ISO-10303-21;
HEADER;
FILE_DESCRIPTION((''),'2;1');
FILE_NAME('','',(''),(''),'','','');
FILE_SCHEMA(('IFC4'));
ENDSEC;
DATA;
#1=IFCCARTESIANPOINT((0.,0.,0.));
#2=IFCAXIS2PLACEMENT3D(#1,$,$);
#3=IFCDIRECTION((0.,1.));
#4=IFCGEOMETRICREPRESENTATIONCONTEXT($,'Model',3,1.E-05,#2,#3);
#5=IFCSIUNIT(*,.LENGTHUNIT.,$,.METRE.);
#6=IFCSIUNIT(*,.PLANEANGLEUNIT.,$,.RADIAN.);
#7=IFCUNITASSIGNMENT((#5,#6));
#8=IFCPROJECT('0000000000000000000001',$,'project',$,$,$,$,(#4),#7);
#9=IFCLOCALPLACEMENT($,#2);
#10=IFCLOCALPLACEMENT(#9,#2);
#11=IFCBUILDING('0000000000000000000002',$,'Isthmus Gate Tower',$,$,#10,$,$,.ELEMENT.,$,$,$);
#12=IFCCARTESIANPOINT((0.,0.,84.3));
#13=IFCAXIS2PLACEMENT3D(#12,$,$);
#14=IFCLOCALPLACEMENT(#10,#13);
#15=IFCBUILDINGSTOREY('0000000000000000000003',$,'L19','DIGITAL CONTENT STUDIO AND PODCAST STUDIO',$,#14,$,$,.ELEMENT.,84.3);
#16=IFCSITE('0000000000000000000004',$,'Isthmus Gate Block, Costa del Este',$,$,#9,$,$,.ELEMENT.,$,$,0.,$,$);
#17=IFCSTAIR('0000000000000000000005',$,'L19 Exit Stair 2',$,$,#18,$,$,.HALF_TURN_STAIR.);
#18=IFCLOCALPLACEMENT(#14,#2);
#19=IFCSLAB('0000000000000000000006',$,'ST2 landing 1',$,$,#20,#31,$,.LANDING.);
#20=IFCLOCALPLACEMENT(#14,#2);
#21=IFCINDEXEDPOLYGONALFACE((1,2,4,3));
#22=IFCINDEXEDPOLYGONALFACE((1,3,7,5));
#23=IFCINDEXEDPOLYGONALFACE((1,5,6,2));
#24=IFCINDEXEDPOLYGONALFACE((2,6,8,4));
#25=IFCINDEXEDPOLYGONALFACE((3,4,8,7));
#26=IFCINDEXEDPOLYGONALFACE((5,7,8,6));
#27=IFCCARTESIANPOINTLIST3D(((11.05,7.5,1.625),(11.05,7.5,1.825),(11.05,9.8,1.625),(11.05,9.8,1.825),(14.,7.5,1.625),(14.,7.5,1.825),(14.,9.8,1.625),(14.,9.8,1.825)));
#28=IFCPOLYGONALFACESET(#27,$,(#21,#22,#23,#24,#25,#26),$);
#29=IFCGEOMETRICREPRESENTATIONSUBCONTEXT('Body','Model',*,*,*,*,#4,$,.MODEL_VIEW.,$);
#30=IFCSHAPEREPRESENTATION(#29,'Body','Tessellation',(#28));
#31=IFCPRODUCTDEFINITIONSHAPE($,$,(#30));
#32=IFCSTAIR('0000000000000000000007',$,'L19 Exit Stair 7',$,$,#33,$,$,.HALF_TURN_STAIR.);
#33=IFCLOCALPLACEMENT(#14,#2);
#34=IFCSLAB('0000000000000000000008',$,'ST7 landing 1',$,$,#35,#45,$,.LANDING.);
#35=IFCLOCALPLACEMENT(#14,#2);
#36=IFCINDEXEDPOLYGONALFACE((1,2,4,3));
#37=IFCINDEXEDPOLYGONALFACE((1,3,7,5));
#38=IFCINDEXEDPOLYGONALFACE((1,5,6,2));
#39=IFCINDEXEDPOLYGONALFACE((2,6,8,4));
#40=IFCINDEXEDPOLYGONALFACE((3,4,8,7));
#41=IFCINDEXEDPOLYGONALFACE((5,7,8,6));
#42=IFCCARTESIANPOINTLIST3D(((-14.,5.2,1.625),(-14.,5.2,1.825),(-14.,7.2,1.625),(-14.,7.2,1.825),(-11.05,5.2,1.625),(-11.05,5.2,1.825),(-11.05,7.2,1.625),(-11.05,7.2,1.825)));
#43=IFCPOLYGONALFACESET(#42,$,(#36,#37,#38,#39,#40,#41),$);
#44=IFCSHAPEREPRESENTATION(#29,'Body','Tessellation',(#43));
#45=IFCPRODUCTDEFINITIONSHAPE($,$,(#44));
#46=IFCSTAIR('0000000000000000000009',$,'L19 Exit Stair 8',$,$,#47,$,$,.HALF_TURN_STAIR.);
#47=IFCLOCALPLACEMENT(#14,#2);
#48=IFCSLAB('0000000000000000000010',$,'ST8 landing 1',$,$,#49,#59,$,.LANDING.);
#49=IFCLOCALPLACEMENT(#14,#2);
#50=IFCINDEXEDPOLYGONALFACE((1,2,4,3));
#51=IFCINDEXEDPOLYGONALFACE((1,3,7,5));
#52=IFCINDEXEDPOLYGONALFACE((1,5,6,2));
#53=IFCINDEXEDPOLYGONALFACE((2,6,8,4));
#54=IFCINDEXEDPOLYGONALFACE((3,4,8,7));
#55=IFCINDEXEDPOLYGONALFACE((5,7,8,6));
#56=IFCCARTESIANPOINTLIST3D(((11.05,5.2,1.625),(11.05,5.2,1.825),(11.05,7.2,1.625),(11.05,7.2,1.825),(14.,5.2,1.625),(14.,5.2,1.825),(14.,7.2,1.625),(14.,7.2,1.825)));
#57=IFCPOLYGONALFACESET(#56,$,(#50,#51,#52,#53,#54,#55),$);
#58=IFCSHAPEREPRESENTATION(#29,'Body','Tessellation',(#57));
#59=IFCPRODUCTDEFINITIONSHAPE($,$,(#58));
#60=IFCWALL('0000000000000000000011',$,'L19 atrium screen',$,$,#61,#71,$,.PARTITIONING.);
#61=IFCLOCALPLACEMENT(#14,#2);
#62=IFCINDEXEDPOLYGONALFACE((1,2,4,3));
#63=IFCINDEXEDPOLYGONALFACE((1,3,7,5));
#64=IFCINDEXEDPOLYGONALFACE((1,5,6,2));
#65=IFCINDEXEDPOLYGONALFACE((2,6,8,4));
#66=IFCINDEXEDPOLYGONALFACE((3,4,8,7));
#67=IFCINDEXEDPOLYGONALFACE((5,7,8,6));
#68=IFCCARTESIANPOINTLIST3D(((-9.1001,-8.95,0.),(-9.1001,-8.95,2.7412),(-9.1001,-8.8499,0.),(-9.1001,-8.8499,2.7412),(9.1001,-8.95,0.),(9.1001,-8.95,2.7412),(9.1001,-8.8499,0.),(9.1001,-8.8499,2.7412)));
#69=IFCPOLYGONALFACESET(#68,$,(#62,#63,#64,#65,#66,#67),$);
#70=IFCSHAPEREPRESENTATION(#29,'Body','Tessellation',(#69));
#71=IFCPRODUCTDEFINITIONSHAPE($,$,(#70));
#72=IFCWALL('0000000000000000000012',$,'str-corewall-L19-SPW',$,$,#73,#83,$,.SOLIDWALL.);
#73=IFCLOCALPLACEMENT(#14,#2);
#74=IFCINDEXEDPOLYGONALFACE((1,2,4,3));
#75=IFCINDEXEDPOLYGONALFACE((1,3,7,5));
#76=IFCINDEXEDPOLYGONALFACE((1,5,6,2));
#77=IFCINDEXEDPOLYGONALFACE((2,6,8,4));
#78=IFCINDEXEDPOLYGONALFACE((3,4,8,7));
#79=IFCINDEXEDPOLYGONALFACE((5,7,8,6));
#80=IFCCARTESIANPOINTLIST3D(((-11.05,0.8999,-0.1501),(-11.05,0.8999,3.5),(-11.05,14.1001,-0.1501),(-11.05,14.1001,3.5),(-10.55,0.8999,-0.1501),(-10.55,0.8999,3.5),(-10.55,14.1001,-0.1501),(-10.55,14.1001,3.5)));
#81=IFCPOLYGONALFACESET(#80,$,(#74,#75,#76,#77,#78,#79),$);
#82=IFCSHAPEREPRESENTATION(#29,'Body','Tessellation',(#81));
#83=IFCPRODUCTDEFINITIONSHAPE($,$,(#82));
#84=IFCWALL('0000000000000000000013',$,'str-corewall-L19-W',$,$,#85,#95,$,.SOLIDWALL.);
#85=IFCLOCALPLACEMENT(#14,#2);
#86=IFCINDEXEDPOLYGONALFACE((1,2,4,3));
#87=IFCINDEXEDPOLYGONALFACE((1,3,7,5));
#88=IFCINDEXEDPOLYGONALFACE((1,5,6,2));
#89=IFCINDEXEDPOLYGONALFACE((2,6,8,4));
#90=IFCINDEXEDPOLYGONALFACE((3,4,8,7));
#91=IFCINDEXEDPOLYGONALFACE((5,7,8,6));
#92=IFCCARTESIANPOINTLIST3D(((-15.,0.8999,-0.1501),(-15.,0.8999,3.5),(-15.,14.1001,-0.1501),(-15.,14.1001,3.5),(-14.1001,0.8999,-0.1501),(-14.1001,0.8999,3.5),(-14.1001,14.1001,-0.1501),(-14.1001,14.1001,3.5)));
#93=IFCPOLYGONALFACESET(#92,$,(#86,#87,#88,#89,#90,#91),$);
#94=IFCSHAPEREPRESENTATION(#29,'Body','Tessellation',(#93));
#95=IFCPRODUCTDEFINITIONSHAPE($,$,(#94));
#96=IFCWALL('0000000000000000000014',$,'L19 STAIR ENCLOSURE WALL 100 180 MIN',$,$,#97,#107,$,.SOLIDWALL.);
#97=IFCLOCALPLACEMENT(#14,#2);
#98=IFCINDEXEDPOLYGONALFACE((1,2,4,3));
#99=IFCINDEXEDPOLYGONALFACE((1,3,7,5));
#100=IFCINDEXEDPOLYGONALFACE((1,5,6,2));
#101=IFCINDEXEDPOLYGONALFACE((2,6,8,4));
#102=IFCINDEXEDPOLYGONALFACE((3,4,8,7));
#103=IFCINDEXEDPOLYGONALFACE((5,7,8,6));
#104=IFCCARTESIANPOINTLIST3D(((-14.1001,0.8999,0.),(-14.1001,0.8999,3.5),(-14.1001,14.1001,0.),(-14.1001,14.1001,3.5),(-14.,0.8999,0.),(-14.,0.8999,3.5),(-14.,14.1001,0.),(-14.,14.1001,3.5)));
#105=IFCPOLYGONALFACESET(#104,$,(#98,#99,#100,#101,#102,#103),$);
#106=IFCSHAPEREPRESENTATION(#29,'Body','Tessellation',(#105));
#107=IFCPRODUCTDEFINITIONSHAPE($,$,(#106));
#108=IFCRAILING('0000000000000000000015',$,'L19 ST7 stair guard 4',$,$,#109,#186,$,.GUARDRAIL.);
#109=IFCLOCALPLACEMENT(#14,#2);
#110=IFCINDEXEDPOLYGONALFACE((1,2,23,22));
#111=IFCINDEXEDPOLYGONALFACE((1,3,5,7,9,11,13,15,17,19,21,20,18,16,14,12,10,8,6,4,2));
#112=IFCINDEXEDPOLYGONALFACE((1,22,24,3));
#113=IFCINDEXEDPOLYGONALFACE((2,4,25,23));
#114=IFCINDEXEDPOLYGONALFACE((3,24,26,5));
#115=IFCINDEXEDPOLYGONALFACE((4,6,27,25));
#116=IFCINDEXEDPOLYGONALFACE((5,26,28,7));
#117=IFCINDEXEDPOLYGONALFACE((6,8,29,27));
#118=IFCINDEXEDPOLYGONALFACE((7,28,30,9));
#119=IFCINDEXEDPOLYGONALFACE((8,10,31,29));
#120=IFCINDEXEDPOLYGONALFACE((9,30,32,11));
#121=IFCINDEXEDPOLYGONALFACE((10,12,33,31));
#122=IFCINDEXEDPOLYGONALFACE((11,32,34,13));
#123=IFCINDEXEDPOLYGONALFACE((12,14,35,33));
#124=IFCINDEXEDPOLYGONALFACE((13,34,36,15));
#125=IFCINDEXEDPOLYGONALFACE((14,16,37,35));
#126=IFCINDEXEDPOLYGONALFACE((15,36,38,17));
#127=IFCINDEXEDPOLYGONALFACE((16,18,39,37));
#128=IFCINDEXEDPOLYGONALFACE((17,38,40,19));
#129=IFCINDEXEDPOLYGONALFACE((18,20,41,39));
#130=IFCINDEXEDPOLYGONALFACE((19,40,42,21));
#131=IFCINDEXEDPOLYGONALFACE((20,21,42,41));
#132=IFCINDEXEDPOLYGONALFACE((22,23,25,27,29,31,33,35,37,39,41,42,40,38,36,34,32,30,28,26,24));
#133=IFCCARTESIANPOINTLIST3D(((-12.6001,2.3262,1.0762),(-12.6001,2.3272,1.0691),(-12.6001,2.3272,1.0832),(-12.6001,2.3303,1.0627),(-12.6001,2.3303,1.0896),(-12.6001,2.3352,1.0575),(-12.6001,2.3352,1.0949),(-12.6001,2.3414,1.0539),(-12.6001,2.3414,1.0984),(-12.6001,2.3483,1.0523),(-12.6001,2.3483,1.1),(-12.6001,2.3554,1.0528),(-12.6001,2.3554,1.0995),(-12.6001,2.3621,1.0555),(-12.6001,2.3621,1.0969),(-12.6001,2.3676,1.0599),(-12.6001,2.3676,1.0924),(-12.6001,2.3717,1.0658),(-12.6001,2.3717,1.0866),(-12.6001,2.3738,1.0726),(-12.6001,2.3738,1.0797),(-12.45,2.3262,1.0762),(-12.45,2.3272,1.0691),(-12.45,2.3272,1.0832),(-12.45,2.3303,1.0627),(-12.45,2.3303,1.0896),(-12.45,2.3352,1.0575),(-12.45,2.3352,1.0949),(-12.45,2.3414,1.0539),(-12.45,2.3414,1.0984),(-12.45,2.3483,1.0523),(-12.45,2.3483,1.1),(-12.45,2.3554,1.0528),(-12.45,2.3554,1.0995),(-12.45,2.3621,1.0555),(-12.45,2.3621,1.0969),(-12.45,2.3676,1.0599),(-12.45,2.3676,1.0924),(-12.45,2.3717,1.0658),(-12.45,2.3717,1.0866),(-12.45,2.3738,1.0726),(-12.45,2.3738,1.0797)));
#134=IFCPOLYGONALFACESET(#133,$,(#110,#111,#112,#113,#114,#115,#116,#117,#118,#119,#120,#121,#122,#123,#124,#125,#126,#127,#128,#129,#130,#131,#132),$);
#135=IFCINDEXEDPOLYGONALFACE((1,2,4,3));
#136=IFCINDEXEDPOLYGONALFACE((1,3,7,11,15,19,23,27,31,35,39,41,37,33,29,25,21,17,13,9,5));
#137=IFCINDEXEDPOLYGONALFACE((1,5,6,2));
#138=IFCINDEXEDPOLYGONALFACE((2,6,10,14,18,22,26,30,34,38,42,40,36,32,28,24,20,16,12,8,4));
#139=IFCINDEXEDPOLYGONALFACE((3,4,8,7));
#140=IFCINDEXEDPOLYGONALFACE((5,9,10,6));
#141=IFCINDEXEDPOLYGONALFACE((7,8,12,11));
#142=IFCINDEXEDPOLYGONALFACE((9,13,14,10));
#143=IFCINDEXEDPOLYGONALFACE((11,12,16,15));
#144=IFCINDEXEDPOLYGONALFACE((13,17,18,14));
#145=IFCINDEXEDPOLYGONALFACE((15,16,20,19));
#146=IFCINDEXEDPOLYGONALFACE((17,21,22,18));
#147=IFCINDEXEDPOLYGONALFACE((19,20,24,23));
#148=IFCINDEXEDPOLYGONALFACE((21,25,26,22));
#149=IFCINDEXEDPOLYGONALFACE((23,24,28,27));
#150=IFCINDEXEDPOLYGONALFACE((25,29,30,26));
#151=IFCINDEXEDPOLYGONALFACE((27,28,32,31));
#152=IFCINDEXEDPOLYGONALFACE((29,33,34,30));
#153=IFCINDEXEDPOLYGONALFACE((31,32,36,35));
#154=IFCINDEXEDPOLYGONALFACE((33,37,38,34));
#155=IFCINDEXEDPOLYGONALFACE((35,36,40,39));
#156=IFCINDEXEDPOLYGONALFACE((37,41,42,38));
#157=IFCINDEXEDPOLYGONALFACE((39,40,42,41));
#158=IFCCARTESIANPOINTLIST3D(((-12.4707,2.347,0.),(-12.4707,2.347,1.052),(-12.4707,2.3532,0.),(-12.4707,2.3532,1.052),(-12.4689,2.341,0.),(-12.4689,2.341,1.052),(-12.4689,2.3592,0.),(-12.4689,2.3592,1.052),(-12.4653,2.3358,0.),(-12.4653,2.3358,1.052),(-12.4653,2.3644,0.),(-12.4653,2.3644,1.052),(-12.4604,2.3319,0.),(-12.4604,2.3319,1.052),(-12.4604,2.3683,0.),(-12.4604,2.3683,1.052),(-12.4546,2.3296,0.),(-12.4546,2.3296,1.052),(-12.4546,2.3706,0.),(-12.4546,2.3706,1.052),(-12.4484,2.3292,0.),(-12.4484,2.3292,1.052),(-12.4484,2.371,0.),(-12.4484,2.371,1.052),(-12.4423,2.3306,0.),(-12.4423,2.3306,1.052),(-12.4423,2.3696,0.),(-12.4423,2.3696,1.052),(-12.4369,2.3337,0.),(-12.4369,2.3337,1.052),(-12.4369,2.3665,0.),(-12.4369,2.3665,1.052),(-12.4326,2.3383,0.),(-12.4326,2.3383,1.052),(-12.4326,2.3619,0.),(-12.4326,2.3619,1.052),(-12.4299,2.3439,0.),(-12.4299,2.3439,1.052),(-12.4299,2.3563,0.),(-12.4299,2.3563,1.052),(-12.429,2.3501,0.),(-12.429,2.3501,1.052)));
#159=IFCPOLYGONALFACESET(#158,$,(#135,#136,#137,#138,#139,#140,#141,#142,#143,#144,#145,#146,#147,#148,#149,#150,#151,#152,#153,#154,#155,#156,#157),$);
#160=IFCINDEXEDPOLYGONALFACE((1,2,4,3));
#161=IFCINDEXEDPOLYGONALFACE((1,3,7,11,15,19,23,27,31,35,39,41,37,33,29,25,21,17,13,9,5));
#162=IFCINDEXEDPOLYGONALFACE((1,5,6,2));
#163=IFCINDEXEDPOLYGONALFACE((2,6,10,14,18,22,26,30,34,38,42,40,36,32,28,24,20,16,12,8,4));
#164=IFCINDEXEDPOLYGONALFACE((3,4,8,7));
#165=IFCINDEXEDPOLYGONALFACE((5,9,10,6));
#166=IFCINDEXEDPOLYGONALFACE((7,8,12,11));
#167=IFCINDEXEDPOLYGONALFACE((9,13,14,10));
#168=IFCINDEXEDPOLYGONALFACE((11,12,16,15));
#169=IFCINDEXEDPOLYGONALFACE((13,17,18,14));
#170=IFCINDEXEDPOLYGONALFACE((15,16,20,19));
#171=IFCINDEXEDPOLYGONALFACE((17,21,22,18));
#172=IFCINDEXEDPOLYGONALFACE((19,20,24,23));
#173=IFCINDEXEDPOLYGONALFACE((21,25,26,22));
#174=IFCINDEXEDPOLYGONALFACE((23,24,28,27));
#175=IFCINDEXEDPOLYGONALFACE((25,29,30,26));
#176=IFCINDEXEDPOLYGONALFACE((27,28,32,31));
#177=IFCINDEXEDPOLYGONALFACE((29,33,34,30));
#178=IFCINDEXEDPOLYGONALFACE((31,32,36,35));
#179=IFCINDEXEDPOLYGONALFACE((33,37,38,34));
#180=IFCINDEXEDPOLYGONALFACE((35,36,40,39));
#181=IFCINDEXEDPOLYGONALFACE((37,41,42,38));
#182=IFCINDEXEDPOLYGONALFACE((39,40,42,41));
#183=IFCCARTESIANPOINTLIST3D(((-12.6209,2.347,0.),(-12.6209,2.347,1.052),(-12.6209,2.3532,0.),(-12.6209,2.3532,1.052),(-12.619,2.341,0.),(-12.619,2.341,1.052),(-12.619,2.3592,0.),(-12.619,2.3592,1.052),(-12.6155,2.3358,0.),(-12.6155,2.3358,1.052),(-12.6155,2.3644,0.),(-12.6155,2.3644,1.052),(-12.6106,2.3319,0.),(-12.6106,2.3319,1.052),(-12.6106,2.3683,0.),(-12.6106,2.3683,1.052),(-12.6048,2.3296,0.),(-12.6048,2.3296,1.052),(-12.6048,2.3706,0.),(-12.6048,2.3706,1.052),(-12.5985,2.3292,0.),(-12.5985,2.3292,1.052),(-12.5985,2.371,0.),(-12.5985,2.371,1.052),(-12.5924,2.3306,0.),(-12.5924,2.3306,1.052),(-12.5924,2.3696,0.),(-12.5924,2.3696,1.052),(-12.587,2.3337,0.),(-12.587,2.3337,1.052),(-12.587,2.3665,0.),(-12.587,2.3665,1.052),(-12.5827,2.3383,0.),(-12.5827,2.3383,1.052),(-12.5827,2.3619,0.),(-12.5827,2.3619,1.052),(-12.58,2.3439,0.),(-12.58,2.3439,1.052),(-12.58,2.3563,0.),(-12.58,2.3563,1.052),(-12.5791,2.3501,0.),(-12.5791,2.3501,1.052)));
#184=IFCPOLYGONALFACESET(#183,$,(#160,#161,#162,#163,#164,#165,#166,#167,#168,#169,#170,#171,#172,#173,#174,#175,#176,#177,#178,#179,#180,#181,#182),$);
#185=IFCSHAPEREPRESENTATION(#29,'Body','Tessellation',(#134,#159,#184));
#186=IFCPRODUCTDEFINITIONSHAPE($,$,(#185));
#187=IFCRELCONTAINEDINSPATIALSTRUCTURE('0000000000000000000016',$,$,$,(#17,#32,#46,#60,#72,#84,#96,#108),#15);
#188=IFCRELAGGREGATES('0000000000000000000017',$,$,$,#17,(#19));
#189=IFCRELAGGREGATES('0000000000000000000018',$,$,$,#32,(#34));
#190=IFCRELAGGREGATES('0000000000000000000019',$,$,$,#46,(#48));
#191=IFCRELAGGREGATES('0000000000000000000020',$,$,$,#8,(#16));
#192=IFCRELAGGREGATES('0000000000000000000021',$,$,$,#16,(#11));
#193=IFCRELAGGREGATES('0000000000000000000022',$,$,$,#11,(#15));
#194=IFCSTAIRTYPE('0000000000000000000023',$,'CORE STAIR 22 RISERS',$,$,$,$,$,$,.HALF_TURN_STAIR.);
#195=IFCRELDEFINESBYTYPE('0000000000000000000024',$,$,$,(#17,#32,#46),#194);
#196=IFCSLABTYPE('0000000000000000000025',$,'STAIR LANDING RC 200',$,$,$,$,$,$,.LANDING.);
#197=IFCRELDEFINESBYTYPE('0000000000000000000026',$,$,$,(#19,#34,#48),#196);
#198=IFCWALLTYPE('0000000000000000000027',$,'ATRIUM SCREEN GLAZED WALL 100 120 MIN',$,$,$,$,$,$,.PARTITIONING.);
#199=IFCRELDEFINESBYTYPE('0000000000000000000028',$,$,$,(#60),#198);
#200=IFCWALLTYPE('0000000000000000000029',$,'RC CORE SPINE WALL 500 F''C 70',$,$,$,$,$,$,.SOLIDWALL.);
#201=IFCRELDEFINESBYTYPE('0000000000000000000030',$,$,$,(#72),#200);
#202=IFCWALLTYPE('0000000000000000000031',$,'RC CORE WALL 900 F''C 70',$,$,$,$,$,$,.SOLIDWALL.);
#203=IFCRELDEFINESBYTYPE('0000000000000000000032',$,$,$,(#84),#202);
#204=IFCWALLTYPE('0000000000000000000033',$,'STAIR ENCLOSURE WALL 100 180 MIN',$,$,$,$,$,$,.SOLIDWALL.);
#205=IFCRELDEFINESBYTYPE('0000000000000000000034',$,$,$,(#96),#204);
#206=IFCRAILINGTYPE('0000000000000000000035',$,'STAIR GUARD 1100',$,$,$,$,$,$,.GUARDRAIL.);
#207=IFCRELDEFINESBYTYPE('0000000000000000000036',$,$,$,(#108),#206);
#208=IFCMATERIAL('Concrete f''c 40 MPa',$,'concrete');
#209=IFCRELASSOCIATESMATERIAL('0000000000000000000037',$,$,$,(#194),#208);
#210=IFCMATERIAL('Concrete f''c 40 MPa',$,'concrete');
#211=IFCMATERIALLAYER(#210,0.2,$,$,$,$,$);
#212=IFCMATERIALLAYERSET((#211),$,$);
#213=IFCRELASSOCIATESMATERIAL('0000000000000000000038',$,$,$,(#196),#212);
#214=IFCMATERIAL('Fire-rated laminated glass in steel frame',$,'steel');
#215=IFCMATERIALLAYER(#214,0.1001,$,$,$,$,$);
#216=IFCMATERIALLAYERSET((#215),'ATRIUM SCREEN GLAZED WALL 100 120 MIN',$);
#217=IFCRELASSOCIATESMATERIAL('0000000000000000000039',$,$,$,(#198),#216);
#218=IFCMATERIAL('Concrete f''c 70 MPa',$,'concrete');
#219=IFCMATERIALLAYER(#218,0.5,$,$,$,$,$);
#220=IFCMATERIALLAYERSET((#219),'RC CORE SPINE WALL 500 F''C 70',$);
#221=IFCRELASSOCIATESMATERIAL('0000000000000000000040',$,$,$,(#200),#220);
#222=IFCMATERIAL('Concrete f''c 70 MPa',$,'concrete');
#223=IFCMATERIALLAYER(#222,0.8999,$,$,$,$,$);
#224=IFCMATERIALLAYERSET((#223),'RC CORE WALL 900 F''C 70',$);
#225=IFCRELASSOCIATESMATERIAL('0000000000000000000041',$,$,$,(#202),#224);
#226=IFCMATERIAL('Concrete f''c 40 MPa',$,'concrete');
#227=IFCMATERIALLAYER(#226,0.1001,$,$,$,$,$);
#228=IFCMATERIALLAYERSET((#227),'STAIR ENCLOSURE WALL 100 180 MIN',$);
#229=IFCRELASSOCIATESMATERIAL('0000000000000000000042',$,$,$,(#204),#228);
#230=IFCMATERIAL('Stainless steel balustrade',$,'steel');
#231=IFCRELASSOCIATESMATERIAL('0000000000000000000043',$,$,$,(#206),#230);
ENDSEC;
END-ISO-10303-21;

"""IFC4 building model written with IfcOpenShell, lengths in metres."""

from ifc_helpers import new_model, si_unit, direction, frame, frame_2d, origin, origin_2d, place, context, subcontext, project, spatial, polyline, rectangle, circle, outline, extrude, material, layer, layer_set, type_object, element, aggregate, save


model = new_model("IFC4")

# Units and contexts
model_context = context("Model", 3, precision=1e-05, world=origin(), true_north=direction((0.0, 1.0)))
body_context = subcontext(model_context, "Body", "Model", "MODEL_VIEW")
ifc_project = project(units=[si_unit("LENGTHUNIT", "METRE"), si_unit("PLANEANGLEUNIT", "RADIAN")], contexts=[model_context])

# Site, building, storey
site_placement = place(None, origin())
site = spatial("IfcSite", under=ifc_project, at=site_placement, Name="Isthmus Gate Block, Costa del Este", CompositionType="ELEMENT", RefElevation=0.0)
building_placement = place(site_placement, origin())
building = spatial("IfcBuilding", under=site, at=building_placement, Name="Isthmus Gate Tower", CompositionType="ELEMENT")
storey_placement = place(building_placement, frame((0.0, 0.0, 84.3)))
storey = spatial("IfcBuildingStorey", under=building, at=storey_placement, Name="L19", Description="DIGITAL CONTENT STUDIO AND PODCAST STUDIO", CompositionType="ELEMENT", Elevation=84.3)

# Stairs, slabs
ifc_material_1 = material(Name="Concrete f'c 40 MPa", Category="concrete")
stair_type = type_object("IfcStairType", Name="CORE STAIR 22 RISERS", PredefinedType="HALF_TURN_STAIR", material=ifc_material_1)
ifc_material_2 = material(Name="Concrete f'c 40 MPa", Category="concrete")
ifc_layer_1 = layer(ifc_material_2, 0.2)
ifc_layer_set_1 = layer_set([ifc_layer_1])
slab_type_1 = type_object("IfcSlabType", Name="STAIR LANDING RC 200", PredefinedType="LANDING", material=ifc_layer_set_1)
stair_1_placement = place(storey_placement, origin())
stair_1 = element("IfcStair", 1, at=stair_1_placement, inside=storey, type_object=stair_type, Name="L19 Exit Stair 2", PredefinedType="HALF_TURN_STAIR")
slab_1_placement = place(storey_placement, frame((0.0, 0.0, 1.625)))
slab_1 = element("IfcSlab", 2, at=slab_1_placement, type_object=slab_type_1, Name="ST2 landing 1", PredefinedType="LANDING", context=body_context, shape_type="SweptSolid", body=[
    extrude(outline(polyline([(11.05, 9.8), (11.05, 7.5), (14.0, 7.5), (14.0, 9.8), (11.05, 9.8)])), origin(), (0.0, 0.0, 1.0), 0.2),
])
aggregate(stair_1, [slab_1])
stair_2_placement = place(storey_placement, origin())
stair_2 = element("IfcStair", 3, at=stair_2_placement, inside=storey, type_object=stair_type, Name="L19 Exit Stair 7", PredefinedType="HALF_TURN_STAIR")
slab_2_placement = place(storey_placement, frame((0.0, 0.0, 1.625)))
slab_2 = element("IfcSlab", 4, at=slab_2_placement, type_object=slab_type_1, Name="ST7 landing 1", PredefinedType="LANDING", context=body_context, shape_type="SweptSolid", body=[
    extrude(outline(polyline([(-11.05, 5.2), (-11.05, 7.2), (-14.0, 7.2), (-14.0, 5.2), (-11.05, 5.2)])), origin(), (0.0, 0.0, 1.0), 0.2),
])
aggregate(stair_2, [slab_2])
stair_3_placement = place(storey_placement, origin())
stair_3 = element("IfcStair", 5, at=stair_3_placement, inside=storey, type_object=stair_type, Name="L19 Exit Stair 8", PredefinedType="HALF_TURN_STAIR")
slab_3_placement = place(storey_placement, frame((0.0, 0.0, 1.625)))
slab_3 = element("IfcSlab", 6, at=slab_3_placement, type_object=slab_type_1, Name="ST8 landing 1", PredefinedType="LANDING", context=body_context, shape_type="SweptSolid", body=[
    extrude(outline(polyline([(14.0, 5.2), (14.0, 7.2), (11.05, 7.2), (11.05, 5.2), (14.0, 5.2)])), origin(), (0.0, 0.0, 1.0), 0.2),
])
aggregate(stair_3, [slab_3])

# Walls
ifc_material_3 = material(Name="Fire-rated laminated glass in steel frame", Category="steel")
ifc_layer_2 = layer(ifc_material_3, 0.1001)
ifc_layer_set_2 = layer_set([ifc_layer_2], Name="ATRIUM SCREEN GLAZED WALL 100 120 MIN")
wall_type_1 = type_object("IfcWallType", Name="ATRIUM SCREEN GLAZED WALL 100 120 MIN", PredefinedType="PARTITIONING", material=ifc_layer_set_2)
wall_1_placement = place(storey_placement, frame((-9.1001, -8.8999, 0.0), z_axis=(0.0, 0.0, 1.0), x_axis=(1.0, 0.0, 0.0)))
element("IfcWall", 7, at=wall_1_placement, inside=storey, type_object=wall_type_1, Name="L19 atrium screen", PredefinedType="PARTITIONING", context=body_context, shape_type="SweptSolid", body=[
    extrude(rectangle(XDim=18.2002, YDim=0.1001, at=frame_2d((9.1001, 0.0))), origin(), (0.0, 0.0, 1.0), 2.7412),
])
ifc_material_4 = material(Name="Concrete f'c 70 MPa", Category="concrete")
ifc_layer_3 = layer(ifc_material_4, 0.5)
ifc_layer_set_3 = layer_set([ifc_layer_3], Name="RC CORE SPINE WALL 500 F'C 70")
wall_type_2 = type_object("IfcWallType", Name="RC CORE SPINE WALL 500 F'C 70", PredefinedType="SOLIDWALL", material=ifc_layer_set_3)
wall_2_placement = place(storey_placement, frame((-10.8, 0.8999, -0.1501), z_axis=(0.0, 0.0, 1.0), x_axis=(0.0, 1.0, 0.0)))
element("IfcWall", 8, at=wall_2_placement, inside=storey, type_object=wall_type_2, Name="str-corewall-L19-SPW", PredefinedType="SOLIDWALL", context=body_context, shape_type="SweptSolid", body=[
    extrude(rectangle(XDim=13.2002, YDim=0.5, at=frame_2d((6.6001, 0.0))), origin(), (0.0, 0.0, 1.0), 3.6501),
])
ifc_material_5 = material(Name="Concrete f'c 70 MPa", Category="concrete")
ifc_layer_4 = layer(ifc_material_5, 0.8999)
ifc_layer_set_4 = layer_set([ifc_layer_4], Name="RC CORE WALL 900 F'C 70")
wall_type_3 = type_object("IfcWallType", Name="RC CORE WALL 900 F'C 70", PredefinedType="SOLIDWALL", material=ifc_layer_set_4)
wall_3_placement = place(storey_placement, frame((-14.55, 0.8999, -0.1501), z_axis=(0.0, 0.0, 1.0), x_axis=(0.0, 1.0, 0.0)))
element("IfcWall", 9, at=wall_3_placement, inside=storey, type_object=wall_type_3, Name="str-corewall-L19-W", PredefinedType="SOLIDWALL", context=body_context, shape_type="SweptSolid", body=[
    extrude(rectangle(XDim=13.2002, YDim=0.8999, at=frame_2d((6.6001, 0.0))), origin(), (0.0, 0.0, 1.0), 3.6501),
])
ifc_material_6 = material(Name="Concrete f'c 40 MPa", Category="concrete")
ifc_layer_5 = layer(ifc_material_6, 0.1001)
ifc_layer_set_5 = layer_set([ifc_layer_5], Name="STAIR ENCLOSURE WALL 100 180 MIN")
wall_type_4 = type_object("IfcWallType", Name="STAIR ENCLOSURE WALL 100 180 MIN", PredefinedType="SOLIDWALL", material=ifc_layer_set_5)
wall_4_placement = place(storey_placement, frame((-14.05, 0.8999, 0.0), z_axis=(0.0, 0.0, 1.0), x_axis=(0.0, 1.0, 0.0)))
element("IfcWall", 10, at=wall_4_placement, inside=storey, type_object=wall_type_4, Name="L19 STAIR ENCLOSURE WALL 100 180 MIN", PredefinedType="SOLIDWALL", context=body_context, shape_type="SweptSolid", body=[
    extrude(rectangle(XDim=13.2002, YDim=0.1001, at=frame_2d((6.6001, 0.0))), origin(), (0.0, 0.0, 1.0), 3.5),
])

# Railing
ifc_material_7 = material(Name="Stainless steel balustrade", Category="steel")
railing_type_1 = type_object("IfcRailingType", Name="STAIR GUARD 1100", PredefinedType="GUARDRAIL", material=ifc_material_7)
railing_1_placement = place(storey_placement, frame((-12.45, 2.3501, 0.0)))
element("IfcRailing", 11, at=railing_1_placement, inside=storey, type_object=railing_type_1, Name="L19 ST7 stair guard 4", PredefinedType="GUARDRAIL", context=body_context, shape_type="SweptSolid", body=[
    extrude(circle(Radius=0.0239, at=origin_2d()), frame((0.0, 0.0, 1.0762), z_axis=(-1.0, 0.0, 0.0), x_axis=(0.0, -1.0, 0.0)), (0.0, 0.0, 1.0), 0.1501),
    extrude(circle(Radius=0.021, at=origin_2d()), origin(), (0.0, 0.0, 1.0), 1.052),
    extrude(circle(Radius=0.021, at=origin_2d()), frame((-0.1501, 0.0, 0.0)), (0.0, 0.0, 1.0), 1.052),
])

save(model, "model.ifc")
